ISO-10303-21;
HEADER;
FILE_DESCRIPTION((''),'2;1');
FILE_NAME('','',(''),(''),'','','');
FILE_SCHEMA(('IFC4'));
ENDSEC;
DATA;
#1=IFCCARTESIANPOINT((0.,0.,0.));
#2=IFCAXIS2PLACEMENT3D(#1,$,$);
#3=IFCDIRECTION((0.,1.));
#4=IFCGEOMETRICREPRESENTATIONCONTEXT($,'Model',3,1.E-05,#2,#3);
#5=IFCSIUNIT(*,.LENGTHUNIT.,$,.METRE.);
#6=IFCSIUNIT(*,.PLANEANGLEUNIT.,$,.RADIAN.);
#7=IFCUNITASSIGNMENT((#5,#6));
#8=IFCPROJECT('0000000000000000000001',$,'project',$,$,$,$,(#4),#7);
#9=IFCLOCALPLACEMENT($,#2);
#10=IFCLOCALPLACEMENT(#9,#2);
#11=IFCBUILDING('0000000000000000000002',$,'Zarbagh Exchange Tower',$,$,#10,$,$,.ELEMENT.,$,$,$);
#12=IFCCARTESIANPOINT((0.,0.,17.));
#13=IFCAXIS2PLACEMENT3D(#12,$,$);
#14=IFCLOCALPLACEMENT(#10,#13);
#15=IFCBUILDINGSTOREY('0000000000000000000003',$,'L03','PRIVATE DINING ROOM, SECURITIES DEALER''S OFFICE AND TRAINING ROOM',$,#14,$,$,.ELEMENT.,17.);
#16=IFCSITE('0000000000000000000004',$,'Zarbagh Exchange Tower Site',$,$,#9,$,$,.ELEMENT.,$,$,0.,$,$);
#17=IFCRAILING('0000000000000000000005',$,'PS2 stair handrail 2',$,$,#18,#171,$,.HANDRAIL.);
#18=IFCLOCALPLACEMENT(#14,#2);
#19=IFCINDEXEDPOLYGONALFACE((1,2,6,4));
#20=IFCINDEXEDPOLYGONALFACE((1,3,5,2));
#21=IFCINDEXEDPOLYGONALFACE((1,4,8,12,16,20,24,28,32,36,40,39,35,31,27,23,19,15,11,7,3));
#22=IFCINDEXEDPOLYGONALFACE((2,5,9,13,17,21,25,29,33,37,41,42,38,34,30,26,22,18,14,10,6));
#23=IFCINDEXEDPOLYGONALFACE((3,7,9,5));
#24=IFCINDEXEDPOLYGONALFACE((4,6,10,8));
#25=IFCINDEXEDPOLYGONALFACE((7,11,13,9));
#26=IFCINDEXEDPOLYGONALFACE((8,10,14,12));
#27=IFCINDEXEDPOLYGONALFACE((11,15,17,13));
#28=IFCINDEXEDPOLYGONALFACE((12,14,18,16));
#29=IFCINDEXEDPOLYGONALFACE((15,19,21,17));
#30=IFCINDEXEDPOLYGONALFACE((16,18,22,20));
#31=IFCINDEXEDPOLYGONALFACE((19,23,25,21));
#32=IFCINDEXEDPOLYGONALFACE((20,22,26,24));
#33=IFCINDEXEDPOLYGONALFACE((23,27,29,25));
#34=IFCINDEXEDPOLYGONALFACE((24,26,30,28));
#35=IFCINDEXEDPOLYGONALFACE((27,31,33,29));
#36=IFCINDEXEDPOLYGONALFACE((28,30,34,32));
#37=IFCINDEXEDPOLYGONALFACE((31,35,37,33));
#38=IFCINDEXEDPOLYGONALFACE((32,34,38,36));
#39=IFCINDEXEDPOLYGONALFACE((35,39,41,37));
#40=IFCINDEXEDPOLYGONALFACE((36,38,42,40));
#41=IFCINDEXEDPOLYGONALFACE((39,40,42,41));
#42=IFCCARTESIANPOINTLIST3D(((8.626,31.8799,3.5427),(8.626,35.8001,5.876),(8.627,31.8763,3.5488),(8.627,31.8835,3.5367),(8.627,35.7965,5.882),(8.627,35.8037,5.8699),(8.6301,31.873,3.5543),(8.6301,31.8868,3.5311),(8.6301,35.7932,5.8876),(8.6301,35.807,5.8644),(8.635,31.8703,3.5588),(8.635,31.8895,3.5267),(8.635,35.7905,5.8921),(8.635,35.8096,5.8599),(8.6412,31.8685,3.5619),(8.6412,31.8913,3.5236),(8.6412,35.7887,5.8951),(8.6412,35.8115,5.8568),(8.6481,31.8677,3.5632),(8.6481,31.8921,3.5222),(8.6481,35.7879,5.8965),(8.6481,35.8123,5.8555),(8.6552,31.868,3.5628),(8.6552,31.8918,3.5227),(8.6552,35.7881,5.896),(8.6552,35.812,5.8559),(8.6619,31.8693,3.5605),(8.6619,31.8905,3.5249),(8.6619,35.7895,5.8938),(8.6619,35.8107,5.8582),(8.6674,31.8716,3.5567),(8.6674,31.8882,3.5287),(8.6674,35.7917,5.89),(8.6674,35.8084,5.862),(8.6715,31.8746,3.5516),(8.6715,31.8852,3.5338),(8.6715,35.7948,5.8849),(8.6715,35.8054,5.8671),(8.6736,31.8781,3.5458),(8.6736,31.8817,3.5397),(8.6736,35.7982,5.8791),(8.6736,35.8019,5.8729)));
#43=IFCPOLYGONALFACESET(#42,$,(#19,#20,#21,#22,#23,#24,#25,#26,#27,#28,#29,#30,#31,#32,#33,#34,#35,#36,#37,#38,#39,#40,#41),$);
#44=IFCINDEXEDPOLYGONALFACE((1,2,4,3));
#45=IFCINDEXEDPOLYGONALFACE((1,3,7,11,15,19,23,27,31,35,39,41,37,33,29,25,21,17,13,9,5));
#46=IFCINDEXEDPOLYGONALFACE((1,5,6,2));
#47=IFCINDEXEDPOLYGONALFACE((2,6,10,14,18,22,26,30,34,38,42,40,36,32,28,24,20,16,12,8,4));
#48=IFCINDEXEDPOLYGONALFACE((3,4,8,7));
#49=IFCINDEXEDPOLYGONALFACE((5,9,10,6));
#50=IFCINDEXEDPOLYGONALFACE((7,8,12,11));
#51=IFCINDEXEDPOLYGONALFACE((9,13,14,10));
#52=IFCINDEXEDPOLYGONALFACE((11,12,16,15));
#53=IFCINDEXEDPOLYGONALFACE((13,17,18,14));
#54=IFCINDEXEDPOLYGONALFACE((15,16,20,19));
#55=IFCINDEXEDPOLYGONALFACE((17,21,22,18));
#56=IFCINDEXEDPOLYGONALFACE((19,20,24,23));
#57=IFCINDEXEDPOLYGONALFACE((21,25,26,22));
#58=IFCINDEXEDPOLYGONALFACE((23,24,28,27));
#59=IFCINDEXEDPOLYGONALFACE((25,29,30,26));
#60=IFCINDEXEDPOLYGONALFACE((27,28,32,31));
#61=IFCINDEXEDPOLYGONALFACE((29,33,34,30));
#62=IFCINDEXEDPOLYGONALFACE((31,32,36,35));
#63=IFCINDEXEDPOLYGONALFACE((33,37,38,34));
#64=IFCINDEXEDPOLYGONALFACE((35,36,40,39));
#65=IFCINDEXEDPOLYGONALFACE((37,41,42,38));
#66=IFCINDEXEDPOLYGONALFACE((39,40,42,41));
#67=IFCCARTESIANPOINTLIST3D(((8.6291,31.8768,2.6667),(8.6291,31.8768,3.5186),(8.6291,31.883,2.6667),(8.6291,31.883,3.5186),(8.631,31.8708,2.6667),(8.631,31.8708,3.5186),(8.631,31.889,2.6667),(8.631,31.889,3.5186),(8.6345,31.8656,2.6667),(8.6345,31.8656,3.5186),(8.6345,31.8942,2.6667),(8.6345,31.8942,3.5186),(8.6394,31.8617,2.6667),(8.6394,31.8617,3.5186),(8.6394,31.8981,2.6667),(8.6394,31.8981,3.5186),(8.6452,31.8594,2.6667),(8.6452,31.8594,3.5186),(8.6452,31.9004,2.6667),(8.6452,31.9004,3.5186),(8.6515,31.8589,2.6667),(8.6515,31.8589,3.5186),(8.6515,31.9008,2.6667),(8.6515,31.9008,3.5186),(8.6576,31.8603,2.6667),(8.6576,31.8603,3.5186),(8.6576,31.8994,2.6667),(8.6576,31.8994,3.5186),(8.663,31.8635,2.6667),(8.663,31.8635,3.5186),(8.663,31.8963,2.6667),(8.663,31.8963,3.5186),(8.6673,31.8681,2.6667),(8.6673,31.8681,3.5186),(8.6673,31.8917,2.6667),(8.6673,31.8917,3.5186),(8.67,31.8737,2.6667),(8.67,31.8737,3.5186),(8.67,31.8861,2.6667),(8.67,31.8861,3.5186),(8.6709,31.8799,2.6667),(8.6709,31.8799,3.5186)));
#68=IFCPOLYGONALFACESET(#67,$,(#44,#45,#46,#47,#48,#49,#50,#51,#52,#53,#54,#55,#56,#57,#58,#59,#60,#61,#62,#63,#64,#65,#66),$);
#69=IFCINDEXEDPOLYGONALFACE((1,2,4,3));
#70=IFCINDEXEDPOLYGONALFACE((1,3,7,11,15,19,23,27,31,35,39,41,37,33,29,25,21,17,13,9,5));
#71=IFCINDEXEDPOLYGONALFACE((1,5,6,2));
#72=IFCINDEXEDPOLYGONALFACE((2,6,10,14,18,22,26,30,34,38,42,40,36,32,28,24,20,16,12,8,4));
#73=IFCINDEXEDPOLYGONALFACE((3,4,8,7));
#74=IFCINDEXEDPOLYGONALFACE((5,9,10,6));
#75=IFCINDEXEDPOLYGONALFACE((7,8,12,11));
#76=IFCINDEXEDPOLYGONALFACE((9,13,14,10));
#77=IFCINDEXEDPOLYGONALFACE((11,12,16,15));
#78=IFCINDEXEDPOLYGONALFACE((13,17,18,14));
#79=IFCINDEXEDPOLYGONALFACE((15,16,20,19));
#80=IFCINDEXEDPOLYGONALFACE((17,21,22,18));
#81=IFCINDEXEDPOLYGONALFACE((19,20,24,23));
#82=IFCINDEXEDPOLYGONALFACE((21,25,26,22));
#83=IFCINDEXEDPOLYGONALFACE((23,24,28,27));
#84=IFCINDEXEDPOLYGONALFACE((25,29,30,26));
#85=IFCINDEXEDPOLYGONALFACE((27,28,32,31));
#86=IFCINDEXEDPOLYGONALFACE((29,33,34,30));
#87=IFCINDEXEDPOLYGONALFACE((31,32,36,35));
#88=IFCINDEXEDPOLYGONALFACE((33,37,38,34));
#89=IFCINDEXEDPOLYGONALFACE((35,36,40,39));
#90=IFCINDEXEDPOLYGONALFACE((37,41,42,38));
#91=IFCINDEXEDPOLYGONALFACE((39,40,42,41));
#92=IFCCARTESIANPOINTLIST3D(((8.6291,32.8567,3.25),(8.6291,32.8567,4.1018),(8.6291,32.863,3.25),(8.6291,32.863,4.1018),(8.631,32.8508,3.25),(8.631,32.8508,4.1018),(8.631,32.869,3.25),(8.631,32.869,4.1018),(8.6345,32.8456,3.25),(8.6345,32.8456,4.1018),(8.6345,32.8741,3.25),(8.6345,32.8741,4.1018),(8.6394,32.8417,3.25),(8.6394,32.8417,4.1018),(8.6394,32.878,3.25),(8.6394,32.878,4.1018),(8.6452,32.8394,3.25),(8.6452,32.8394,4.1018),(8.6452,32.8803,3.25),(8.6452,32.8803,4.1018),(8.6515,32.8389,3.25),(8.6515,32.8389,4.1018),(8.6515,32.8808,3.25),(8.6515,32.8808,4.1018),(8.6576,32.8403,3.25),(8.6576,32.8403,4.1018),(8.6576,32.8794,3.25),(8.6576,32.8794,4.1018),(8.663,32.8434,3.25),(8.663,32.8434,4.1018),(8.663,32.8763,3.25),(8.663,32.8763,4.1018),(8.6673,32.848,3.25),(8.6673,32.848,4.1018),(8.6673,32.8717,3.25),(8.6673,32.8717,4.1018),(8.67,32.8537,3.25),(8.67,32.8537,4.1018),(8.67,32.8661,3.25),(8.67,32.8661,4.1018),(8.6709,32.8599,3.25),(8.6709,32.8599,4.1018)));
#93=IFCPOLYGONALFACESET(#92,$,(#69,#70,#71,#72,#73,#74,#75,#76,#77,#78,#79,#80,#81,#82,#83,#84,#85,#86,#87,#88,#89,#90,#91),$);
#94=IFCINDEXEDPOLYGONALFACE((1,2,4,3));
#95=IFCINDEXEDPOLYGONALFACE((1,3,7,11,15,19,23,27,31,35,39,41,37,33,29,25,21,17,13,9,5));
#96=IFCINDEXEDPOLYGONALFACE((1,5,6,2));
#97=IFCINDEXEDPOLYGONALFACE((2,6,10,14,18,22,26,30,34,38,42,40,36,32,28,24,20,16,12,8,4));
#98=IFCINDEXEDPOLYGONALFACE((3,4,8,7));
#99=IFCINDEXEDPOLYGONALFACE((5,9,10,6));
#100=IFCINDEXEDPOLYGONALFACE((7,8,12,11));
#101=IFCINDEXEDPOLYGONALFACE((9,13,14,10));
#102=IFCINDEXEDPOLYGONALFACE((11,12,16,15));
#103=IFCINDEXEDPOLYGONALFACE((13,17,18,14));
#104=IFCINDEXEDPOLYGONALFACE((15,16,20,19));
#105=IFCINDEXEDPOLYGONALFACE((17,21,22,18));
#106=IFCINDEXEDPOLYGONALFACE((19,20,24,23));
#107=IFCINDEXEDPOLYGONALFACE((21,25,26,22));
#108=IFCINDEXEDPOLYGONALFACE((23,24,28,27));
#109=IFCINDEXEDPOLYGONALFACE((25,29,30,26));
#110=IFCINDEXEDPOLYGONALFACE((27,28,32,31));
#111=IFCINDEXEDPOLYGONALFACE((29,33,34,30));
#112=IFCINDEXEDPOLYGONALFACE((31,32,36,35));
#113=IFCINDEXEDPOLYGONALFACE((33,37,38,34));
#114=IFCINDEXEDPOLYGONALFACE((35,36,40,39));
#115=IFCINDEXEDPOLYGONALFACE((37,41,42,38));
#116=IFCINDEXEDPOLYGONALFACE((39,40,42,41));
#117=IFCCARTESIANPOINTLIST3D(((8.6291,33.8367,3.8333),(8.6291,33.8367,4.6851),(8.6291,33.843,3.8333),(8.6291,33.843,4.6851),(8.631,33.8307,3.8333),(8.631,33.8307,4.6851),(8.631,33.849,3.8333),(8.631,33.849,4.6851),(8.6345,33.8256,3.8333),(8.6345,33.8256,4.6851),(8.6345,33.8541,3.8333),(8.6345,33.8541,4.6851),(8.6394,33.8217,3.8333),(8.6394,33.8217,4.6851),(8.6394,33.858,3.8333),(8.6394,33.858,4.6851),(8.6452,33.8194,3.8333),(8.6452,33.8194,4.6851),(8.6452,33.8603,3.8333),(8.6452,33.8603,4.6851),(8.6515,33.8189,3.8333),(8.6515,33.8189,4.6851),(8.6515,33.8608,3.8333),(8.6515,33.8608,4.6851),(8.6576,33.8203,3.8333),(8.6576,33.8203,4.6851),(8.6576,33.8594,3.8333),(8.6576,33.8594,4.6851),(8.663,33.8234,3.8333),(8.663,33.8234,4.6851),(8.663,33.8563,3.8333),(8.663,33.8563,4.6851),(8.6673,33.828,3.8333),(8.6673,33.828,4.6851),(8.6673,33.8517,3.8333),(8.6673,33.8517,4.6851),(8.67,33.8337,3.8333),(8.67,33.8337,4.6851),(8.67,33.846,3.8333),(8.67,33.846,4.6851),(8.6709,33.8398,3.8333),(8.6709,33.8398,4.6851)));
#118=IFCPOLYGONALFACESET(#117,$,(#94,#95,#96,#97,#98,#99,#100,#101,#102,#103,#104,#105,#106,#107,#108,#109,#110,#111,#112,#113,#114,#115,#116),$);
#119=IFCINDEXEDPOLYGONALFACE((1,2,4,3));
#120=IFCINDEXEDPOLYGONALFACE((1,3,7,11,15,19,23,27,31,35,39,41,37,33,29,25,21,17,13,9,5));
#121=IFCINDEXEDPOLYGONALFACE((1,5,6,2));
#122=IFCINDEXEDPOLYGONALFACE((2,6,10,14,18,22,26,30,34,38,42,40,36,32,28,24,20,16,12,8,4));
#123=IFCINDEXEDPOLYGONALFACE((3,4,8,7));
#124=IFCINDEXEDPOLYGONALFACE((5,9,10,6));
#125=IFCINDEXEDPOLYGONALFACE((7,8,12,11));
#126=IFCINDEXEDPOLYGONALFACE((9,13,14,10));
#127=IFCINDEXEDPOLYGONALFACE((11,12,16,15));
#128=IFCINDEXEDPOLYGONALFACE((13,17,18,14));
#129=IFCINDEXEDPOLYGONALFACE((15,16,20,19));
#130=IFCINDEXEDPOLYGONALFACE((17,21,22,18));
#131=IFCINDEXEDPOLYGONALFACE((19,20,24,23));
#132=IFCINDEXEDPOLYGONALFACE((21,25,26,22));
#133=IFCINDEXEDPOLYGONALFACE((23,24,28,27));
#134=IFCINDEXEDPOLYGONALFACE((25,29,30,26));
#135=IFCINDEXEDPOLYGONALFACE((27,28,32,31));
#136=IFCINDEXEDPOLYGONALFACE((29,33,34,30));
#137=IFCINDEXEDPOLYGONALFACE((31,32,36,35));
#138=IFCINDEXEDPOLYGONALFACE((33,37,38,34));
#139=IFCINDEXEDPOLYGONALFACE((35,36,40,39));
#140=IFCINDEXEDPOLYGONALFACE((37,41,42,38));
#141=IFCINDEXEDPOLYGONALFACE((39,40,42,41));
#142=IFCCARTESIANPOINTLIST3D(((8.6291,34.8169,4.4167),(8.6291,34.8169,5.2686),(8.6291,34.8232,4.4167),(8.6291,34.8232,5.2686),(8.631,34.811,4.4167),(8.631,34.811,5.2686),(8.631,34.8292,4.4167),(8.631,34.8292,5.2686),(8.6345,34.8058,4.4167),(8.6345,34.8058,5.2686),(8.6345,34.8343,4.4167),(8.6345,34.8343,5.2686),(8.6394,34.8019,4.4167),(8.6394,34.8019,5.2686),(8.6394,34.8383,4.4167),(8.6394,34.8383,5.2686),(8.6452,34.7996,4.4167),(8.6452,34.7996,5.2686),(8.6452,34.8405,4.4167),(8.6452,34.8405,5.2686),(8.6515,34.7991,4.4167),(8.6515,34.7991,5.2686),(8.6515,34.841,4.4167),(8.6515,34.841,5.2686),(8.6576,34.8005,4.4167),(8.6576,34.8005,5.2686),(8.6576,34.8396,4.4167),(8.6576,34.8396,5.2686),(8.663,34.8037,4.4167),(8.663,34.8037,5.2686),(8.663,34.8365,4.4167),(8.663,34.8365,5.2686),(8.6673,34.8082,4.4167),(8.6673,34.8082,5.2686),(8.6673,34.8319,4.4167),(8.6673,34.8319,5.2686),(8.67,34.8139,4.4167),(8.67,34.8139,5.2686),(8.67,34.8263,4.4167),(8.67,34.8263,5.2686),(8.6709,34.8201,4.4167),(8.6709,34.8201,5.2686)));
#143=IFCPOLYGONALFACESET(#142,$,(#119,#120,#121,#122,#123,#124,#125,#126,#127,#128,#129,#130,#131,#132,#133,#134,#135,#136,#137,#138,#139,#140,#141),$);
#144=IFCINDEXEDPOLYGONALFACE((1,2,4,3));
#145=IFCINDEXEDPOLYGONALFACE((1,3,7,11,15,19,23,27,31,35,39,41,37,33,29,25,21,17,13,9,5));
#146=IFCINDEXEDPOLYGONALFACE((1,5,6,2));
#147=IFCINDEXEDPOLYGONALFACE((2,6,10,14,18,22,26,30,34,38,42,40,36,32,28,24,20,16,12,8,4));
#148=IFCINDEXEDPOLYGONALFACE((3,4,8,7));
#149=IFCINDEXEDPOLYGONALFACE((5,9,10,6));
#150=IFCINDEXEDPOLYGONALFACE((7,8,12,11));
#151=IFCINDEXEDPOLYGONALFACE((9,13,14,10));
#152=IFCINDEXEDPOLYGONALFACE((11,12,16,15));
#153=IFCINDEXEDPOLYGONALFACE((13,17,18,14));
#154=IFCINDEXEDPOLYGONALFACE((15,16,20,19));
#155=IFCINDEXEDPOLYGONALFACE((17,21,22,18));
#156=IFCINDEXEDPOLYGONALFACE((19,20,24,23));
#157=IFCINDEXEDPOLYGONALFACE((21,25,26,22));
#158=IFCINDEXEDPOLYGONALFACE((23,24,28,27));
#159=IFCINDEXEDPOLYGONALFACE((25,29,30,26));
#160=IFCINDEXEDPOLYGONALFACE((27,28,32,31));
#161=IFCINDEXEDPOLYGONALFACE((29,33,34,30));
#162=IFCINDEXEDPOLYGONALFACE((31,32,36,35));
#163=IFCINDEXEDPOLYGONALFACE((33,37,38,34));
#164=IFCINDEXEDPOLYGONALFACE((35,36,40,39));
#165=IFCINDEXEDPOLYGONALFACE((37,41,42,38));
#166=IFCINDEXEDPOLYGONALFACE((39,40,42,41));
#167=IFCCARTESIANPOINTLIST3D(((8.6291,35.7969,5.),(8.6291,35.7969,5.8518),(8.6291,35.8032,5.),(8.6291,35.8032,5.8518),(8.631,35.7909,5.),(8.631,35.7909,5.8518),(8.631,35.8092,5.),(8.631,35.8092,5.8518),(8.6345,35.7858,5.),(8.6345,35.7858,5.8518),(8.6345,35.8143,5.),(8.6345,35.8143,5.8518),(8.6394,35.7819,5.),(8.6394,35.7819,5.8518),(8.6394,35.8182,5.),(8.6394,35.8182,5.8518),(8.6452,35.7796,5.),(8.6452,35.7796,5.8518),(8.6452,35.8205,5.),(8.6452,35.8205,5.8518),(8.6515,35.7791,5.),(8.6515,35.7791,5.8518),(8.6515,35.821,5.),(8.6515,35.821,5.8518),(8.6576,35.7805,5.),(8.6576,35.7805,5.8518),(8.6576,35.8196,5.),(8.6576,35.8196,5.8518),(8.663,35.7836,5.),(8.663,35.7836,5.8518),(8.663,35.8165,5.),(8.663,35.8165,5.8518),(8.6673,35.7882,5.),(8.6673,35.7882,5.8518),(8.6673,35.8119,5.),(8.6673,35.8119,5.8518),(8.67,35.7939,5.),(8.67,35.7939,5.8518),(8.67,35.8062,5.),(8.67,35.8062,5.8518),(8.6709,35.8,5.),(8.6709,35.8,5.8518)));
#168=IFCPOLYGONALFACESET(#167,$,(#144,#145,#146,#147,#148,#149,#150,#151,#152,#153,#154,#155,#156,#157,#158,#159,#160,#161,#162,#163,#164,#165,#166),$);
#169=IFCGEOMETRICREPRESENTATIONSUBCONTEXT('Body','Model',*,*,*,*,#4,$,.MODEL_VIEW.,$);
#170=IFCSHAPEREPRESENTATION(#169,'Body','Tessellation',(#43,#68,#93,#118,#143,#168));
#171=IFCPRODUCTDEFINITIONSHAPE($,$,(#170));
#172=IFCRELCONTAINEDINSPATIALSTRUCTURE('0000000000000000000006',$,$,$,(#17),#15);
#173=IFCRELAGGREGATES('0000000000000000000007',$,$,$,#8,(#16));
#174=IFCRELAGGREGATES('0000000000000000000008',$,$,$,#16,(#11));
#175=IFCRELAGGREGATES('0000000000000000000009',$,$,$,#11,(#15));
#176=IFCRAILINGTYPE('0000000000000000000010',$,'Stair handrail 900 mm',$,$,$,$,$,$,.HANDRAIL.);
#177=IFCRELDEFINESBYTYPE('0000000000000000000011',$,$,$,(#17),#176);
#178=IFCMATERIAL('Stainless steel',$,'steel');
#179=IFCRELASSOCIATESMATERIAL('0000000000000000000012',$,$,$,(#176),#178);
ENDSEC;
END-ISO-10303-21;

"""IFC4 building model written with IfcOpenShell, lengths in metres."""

from ifc_helpers import new_model, si_unit, direction, frame, origin, origin_2d, place, context, subcontext, project, spatial, circle, extrude, material, type_object, element, save


model = new_model("IFC4")

# Units and contexts
model_context = context("Model", 3, precision=1e-05, world=origin(), true_north=direction((0.0, 1.0)))
body_context = subcontext(model_context, "Body", "Model", "MODEL_VIEW")
ifc_project = project(units=[si_unit("LENGTHUNIT", "METRE"), si_unit("PLANEANGLEUNIT", "RADIAN")], contexts=[model_context])

# Site, building, storey
site_placement = place(None, origin())
site = spatial("IfcSite", under=ifc_project, at=site_placement, Name="Zarbagh Exchange Tower Site", CompositionType="ELEMENT", RefElevation=0.0)
building_placement = place(site_placement, origin())
building = spatial("IfcBuilding", under=site, at=building_placement, Name="Zarbagh Exchange Tower", CompositionType="ELEMENT")
storey_placement = place(building_placement, frame((0.0, 0.0, 17.0)))
storey = spatial("IfcBuildingStorey", under=building, at=storey_placement, Name="L03", Description="PRIVATE DINING ROOM, SECURITIES DEALER'S OFFICE AND TRAINING ROOM", CompositionType="ELEMENT", Elevation=17.0)

# Railing
ifc_material_1 = material(Name="Stainless steel", Category="steel")
railing_type_1 = type_object("IfcRailingType", Name="Stair handrail 900 mm", PredefinedType="HANDRAIL", material=ifc_material_1)
railing_1_placement = place(storey_placement, frame((8.6499, 31.8799, 2.6667)))
element("IfcRailing", 1, at=railing_1_placement, inside=storey, type_object=railing_type_1, Name="PS2 stair handrail 2", PredefinedType="HANDRAIL", context=body_context, shape_type="SweptSolid", body=[
    extrude(circle(Radius=0.0239, at=origin_2d()), frame((0.0, 0.0, 0.876), z_axis=(0.0, 0.85931, 0.511455), x_axis=(-1.0, 0.0, 0.0)), (0.0, 0.0, 1.0), 4.562),
    extrude(circle(Radius=0.021, at=origin_2d()), origin(), (0.0, 0.0, 1.0), 0.8518),
    extrude(circle(Radius=0.021, at=origin_2d()), frame((0.0, 0.98, 0.5833)), (0.0, 0.0, 1.0), 0.8518),
    extrude(circle(Radius=0.021, at=origin_2d()), frame((0.0, 1.96, 1.1665)), (0.0, 0.0, 1.0), 0.8518),
    extrude(circle(Radius=0.021, at=origin_2d()), frame((0.0, 2.9402, 1.75)), (0.0, 0.0, 1.0), 0.8518),
    extrude(circle(Radius=0.021, at=origin_2d()), frame((0.0, 3.9202, 2.3333)), (0.0, 0.0, 1.0), 0.8518),
])

save(model, "model.ifc")
